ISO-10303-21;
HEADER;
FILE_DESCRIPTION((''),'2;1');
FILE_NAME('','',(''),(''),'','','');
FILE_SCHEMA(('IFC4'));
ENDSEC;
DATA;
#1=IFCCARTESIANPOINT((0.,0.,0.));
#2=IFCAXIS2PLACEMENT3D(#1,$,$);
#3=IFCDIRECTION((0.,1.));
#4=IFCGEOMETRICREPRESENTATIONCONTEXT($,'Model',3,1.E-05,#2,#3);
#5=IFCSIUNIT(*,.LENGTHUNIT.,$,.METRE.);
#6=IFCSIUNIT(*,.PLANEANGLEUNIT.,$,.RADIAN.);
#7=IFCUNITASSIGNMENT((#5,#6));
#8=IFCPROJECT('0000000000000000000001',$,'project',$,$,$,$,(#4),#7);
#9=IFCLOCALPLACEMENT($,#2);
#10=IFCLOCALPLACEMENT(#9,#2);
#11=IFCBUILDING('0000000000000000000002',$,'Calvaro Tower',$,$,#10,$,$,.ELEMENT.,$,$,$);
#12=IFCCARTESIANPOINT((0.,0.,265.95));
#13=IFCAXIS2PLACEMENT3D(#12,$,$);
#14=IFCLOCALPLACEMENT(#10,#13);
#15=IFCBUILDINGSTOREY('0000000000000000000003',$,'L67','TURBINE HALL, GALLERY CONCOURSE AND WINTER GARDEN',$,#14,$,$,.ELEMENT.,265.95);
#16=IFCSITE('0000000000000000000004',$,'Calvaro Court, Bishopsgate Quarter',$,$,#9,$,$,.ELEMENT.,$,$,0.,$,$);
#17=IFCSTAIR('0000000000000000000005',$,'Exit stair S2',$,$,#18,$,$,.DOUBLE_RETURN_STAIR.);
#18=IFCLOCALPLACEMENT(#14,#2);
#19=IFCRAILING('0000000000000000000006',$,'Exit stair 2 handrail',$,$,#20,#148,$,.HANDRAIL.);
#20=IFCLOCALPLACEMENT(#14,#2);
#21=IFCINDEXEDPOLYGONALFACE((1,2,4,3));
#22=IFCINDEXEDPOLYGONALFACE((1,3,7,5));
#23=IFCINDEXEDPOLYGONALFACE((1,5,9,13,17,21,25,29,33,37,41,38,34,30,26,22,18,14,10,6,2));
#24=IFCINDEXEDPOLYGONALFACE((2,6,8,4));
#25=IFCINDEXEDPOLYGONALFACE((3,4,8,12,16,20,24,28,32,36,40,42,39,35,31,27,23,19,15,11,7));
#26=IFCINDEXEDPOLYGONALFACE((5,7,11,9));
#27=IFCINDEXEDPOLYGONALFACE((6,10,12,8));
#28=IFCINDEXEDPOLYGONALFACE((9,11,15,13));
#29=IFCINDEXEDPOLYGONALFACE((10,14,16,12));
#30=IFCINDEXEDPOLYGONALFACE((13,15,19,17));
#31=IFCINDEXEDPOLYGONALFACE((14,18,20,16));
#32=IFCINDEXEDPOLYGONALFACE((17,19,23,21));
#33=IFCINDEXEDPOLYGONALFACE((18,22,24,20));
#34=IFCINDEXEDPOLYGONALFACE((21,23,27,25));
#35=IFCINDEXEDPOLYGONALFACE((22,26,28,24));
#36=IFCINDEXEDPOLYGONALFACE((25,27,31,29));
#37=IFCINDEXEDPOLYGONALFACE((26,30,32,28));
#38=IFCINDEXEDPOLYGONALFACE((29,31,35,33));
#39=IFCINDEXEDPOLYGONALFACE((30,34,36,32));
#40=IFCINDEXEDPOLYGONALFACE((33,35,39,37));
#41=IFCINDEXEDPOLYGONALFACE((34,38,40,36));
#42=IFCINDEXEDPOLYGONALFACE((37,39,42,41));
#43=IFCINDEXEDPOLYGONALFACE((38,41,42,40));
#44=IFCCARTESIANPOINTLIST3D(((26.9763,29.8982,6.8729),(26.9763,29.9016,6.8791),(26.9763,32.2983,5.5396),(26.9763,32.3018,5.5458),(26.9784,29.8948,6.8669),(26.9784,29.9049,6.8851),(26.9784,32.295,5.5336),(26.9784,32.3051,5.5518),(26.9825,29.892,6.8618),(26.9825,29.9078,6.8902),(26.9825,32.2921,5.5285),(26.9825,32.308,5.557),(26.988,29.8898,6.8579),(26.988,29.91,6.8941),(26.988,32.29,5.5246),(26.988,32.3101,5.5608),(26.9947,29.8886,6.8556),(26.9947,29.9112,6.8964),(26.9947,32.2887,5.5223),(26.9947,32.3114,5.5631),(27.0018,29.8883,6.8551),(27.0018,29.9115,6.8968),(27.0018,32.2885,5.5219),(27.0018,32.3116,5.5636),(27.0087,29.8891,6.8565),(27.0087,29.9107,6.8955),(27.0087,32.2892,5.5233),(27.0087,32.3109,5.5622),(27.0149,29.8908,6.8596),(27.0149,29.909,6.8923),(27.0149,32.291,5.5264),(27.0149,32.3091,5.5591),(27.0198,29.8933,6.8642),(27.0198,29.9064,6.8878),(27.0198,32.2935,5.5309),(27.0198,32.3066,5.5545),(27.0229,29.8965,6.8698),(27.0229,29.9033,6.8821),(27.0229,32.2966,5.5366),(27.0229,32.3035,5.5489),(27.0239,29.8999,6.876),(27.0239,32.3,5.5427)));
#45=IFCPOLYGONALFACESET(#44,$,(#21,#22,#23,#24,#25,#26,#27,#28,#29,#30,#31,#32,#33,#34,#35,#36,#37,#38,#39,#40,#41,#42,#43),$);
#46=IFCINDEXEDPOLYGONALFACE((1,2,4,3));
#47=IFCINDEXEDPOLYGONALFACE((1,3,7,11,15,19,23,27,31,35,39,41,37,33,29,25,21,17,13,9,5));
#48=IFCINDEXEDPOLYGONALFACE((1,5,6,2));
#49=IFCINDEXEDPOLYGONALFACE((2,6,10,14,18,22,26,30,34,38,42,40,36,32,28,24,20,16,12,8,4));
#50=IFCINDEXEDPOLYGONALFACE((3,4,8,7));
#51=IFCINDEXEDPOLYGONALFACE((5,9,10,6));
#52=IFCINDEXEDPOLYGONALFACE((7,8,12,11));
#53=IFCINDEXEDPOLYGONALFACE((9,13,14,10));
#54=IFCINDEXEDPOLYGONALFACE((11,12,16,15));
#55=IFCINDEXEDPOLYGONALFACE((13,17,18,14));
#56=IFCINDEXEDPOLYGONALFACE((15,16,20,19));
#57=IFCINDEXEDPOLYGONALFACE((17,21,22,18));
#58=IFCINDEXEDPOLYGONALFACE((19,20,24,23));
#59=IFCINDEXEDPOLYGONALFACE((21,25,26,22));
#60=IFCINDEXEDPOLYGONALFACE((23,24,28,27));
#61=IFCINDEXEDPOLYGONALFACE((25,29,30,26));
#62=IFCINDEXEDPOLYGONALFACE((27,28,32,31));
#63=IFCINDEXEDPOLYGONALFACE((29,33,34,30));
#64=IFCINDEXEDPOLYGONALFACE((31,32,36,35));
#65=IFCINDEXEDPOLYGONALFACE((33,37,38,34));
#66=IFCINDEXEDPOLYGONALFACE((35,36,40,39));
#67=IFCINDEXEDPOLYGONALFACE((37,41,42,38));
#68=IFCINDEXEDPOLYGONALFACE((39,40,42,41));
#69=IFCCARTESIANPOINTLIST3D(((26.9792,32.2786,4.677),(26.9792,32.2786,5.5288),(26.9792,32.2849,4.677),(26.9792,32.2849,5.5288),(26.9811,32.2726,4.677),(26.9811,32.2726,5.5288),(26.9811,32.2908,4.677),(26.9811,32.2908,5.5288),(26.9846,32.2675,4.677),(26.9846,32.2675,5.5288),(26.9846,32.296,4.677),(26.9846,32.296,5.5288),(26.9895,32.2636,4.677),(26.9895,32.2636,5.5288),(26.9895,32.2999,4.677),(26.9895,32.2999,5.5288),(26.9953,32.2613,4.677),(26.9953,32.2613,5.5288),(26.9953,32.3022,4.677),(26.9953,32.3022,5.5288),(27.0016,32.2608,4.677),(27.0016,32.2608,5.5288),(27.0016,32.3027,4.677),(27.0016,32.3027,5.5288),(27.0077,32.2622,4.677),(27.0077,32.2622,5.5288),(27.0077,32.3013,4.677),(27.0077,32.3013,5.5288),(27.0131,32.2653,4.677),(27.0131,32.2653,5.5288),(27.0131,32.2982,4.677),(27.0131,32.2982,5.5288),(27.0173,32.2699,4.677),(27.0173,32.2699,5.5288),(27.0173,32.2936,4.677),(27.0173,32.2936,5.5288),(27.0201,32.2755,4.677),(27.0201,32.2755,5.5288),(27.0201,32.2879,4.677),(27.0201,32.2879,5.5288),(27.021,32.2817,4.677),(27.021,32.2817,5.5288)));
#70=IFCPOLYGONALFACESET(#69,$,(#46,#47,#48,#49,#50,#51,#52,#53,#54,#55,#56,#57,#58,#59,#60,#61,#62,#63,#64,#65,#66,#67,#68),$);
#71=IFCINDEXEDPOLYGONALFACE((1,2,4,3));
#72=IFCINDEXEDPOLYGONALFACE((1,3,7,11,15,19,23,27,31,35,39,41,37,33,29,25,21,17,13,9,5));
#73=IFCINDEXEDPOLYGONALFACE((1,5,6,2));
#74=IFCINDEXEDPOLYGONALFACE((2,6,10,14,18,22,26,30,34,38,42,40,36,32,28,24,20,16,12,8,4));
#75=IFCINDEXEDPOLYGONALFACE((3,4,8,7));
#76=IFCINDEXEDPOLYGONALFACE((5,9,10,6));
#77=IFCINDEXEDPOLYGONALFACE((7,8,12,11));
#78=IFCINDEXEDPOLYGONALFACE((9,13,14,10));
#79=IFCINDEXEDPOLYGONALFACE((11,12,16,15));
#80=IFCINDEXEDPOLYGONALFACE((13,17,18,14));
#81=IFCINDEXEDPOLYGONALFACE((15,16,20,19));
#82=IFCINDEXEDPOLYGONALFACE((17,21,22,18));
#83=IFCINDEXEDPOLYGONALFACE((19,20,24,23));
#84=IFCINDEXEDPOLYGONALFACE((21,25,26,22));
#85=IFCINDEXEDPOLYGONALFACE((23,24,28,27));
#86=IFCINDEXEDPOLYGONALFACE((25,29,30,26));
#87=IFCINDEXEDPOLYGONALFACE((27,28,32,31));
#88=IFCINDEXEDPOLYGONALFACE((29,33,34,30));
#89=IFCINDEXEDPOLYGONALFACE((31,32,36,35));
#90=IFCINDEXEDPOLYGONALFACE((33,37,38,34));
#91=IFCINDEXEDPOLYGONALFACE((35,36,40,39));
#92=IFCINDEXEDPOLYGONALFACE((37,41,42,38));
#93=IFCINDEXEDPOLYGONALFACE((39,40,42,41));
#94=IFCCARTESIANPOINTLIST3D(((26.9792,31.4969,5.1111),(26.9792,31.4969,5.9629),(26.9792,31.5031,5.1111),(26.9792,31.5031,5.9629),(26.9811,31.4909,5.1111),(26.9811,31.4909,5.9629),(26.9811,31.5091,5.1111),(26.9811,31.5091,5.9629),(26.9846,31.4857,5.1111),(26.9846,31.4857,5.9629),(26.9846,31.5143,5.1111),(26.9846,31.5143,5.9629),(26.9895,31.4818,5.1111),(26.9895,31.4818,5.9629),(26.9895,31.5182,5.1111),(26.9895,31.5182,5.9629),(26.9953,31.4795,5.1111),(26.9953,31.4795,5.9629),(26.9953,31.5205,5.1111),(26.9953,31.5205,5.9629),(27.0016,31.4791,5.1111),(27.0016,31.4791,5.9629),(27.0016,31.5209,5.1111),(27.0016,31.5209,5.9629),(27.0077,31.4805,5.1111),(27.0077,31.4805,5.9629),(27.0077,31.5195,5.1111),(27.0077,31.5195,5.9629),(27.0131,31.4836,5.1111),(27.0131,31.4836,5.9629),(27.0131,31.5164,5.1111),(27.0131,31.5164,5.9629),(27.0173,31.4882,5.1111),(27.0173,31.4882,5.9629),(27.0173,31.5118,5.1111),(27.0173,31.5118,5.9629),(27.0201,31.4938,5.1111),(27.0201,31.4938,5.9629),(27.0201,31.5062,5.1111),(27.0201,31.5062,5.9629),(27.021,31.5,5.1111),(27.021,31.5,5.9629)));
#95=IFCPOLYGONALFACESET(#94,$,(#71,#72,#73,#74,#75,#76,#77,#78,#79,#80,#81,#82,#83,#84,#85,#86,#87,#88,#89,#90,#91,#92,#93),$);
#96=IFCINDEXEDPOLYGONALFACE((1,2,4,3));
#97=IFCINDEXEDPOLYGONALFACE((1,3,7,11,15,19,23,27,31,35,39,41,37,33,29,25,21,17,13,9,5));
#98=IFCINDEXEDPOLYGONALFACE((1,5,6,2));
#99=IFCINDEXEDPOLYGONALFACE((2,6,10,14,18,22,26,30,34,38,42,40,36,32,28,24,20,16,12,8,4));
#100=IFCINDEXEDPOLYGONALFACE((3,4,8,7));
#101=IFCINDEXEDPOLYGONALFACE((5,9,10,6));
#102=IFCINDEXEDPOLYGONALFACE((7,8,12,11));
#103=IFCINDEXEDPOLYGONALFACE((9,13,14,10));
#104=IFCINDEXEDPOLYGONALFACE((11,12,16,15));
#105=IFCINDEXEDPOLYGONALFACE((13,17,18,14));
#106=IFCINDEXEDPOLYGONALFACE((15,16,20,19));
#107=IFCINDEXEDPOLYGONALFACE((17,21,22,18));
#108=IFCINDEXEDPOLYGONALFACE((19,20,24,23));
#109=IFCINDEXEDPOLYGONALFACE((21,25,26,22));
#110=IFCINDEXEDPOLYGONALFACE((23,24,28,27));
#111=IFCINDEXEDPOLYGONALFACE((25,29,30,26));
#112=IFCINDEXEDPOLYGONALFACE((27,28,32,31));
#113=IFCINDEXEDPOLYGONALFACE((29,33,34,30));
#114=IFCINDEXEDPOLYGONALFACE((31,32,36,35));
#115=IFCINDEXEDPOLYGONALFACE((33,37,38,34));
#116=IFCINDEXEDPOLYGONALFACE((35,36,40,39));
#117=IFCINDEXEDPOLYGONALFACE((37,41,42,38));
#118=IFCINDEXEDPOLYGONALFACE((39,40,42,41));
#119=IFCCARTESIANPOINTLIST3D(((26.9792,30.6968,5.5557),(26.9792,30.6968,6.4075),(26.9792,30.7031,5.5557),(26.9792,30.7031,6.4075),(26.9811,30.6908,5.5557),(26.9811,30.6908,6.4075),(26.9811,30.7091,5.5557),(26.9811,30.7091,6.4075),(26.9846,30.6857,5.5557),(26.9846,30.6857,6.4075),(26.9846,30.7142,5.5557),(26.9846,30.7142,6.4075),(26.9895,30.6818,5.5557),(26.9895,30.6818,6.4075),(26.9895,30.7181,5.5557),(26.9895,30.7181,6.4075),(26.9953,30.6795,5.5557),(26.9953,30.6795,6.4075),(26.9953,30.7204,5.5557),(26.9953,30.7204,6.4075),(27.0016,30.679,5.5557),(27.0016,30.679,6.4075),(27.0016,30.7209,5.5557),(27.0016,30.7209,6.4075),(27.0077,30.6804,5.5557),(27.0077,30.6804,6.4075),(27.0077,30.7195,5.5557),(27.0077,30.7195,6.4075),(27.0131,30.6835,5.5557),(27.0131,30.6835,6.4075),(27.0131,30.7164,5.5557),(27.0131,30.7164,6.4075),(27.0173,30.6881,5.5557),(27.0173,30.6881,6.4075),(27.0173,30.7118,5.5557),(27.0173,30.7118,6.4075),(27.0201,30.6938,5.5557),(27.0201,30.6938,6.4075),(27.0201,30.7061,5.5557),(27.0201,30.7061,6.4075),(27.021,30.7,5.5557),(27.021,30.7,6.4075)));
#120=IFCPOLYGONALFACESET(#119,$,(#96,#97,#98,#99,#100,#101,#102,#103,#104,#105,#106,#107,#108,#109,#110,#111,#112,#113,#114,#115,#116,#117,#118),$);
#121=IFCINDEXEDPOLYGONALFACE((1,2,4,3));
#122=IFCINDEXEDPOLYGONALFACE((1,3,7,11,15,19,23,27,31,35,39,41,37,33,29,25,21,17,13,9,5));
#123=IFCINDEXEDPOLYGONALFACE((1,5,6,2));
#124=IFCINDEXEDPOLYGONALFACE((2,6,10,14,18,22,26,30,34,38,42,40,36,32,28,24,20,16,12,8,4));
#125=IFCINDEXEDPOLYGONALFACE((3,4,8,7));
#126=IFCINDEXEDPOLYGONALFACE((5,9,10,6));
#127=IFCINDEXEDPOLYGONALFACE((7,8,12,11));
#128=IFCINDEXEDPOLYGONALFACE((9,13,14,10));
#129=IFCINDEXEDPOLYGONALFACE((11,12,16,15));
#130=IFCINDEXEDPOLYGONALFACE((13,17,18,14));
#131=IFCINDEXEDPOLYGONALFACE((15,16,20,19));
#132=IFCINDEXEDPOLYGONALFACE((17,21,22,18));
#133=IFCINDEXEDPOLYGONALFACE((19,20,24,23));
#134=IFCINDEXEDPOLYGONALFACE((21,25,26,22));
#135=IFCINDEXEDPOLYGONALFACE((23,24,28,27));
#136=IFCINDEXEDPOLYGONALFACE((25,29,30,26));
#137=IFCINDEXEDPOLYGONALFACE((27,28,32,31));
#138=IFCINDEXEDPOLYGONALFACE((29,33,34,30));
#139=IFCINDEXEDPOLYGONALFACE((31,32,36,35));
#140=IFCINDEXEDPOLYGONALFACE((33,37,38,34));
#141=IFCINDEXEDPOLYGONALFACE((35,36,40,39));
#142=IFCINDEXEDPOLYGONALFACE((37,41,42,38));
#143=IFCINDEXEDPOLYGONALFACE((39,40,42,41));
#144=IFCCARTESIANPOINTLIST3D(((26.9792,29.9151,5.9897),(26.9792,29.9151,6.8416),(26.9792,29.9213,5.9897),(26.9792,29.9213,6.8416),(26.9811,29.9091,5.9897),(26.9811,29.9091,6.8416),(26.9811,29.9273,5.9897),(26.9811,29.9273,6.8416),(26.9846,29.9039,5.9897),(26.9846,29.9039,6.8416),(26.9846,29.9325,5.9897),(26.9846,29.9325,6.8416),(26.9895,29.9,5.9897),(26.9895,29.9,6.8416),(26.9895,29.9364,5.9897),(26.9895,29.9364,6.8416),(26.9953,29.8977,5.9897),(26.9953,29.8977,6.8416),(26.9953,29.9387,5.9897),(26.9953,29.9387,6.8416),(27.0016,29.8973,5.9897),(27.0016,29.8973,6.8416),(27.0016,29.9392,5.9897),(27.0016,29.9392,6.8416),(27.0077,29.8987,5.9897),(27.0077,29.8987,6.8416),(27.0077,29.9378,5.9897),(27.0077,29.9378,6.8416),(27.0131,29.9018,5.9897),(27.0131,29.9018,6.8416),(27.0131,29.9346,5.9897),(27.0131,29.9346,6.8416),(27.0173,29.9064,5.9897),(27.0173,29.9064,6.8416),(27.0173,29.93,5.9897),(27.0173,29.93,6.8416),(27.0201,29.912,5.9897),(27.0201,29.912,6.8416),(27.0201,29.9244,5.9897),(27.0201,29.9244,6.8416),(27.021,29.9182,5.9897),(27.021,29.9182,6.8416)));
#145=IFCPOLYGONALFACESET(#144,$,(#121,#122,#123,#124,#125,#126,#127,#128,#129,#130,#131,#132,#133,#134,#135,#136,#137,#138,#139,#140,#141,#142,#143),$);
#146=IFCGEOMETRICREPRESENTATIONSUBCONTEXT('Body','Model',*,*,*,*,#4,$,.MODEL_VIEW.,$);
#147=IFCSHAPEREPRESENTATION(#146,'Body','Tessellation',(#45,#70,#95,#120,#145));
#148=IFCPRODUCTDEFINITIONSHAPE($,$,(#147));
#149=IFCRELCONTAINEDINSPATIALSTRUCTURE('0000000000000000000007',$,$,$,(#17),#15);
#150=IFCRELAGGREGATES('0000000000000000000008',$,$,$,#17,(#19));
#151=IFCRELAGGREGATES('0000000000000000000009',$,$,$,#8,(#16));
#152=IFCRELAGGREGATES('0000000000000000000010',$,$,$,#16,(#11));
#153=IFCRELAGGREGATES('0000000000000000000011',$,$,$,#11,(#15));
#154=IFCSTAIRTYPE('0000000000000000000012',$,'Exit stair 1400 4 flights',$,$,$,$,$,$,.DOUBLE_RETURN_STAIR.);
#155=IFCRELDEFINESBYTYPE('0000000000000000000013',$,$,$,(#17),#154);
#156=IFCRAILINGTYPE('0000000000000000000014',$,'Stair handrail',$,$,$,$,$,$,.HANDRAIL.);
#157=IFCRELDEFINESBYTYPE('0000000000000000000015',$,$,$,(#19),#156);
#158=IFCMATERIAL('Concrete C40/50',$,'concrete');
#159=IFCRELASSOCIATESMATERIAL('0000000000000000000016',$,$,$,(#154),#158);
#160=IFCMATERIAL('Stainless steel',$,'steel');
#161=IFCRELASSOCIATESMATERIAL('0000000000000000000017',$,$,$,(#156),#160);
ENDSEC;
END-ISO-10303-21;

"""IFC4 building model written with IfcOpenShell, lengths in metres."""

from ifc_helpers import new_model, si_unit, direction, frame, origin, origin_2d, place, context, subcontext, project, spatial, circle, extrude, material, type_object, element, aggregate, save


model = new_model("IFC4")

# Units and contexts
model_context = context("Model", 3, precision=1e-05, world=origin(), true_north=direction((0.0, 1.0)))
body_context = subcontext(model_context, "Body", "Model", "MODEL_VIEW")
ifc_project = project(units=[si_unit("LENGTHUNIT", "METRE"), si_unit("PLANEANGLEUNIT", "RADIAN")], contexts=[model_context])

# Site, building, storey
site_placement = place(None, origin())
site = spatial("IfcSite", under=ifc_project, at=site_placement, Name="Calvaro Court, Bishopsgate Quarter", CompositionType="ELEMENT", RefElevation=0.0)
building_placement = place(site_placement, origin())
building = spatial("IfcBuilding", under=site, at=building_placement, Name="Calvaro Tower", CompositionType="ELEMENT")
storey_placement = place(building_placement, frame((0.0, 0.0, 265.95)))
storey = spatial("IfcBuildingStorey", under=building, at=storey_placement, Name="L67", Description="TURBINE HALL, GALLERY CONCOURSE AND WINTER GARDEN", CompositionType="ELEMENT", Elevation=265.95)

# Stair, railing
ifc_material_1 = material(Name="Concrete C40/50", Category="concrete")
stair_type = type_object("IfcStairType", Name="Exit stair 1400 4 flights", PredefinedType="DOUBLE_RETURN_STAIR", material=ifc_material_1)
stair_placement = place(storey_placement, origin())
stair = element("IfcStair", 1, at=stair_placement, inside=storey, type_object=stair_type, Name="Exit stair S2", PredefinedType="DOUBLE_RETURN_STAIR")
ifc_material_2 = material(Name="Stainless steel", Category="steel")
railing_type = type_object("IfcRailingType", Name="Stair handrail", PredefinedType="HANDRAIL", material=ifc_material_2)
railing_1_placement = place(storey_placement, frame((27.0, 32.3, 4.6667)))
railing_1 = element("IfcRailing", 2, at=railing_1_placement, type_object=railing_type, Name="Exit stair 2 handrail", PredefinedType="HANDRAIL", context=body_context, shape_type="SweptSolid", body=[
    extrude(circle(Radius=0.0239, at=origin_2d()), frame((0.0, 0.0, 0.876), z_axis=(0.0, -0.874182, 0.485598), x_axis=(1.0, 0.0, 0.0)), (0.0, 0.0, 1.0), 2.7456),
    extrude(circle(Radius=0.021, at=origin_2d()), frame((0.0, -0.0183, 0.0103)), (0.0, 0.0, 1.0), 0.8518),
    extrude(circle(Radius=0.021, at=origin_2d()), frame((0.0, -0.8, 0.4443)), (0.0, 0.0, 1.0), 0.8518),
    extrude(circle(Radius=0.021, at=origin_2d()), frame((0.0, -1.6001, 0.8889)), (0.0, 0.0, 1.0), 0.8518),
    extrude(circle(Radius=0.021, at=origin_2d()), frame((0.0, -2.3818, 1.323)), (0.0, 0.0, 1.0), 0.8518),
])
aggregate(stair, [railing_1])

save(model, "model.ifc")
